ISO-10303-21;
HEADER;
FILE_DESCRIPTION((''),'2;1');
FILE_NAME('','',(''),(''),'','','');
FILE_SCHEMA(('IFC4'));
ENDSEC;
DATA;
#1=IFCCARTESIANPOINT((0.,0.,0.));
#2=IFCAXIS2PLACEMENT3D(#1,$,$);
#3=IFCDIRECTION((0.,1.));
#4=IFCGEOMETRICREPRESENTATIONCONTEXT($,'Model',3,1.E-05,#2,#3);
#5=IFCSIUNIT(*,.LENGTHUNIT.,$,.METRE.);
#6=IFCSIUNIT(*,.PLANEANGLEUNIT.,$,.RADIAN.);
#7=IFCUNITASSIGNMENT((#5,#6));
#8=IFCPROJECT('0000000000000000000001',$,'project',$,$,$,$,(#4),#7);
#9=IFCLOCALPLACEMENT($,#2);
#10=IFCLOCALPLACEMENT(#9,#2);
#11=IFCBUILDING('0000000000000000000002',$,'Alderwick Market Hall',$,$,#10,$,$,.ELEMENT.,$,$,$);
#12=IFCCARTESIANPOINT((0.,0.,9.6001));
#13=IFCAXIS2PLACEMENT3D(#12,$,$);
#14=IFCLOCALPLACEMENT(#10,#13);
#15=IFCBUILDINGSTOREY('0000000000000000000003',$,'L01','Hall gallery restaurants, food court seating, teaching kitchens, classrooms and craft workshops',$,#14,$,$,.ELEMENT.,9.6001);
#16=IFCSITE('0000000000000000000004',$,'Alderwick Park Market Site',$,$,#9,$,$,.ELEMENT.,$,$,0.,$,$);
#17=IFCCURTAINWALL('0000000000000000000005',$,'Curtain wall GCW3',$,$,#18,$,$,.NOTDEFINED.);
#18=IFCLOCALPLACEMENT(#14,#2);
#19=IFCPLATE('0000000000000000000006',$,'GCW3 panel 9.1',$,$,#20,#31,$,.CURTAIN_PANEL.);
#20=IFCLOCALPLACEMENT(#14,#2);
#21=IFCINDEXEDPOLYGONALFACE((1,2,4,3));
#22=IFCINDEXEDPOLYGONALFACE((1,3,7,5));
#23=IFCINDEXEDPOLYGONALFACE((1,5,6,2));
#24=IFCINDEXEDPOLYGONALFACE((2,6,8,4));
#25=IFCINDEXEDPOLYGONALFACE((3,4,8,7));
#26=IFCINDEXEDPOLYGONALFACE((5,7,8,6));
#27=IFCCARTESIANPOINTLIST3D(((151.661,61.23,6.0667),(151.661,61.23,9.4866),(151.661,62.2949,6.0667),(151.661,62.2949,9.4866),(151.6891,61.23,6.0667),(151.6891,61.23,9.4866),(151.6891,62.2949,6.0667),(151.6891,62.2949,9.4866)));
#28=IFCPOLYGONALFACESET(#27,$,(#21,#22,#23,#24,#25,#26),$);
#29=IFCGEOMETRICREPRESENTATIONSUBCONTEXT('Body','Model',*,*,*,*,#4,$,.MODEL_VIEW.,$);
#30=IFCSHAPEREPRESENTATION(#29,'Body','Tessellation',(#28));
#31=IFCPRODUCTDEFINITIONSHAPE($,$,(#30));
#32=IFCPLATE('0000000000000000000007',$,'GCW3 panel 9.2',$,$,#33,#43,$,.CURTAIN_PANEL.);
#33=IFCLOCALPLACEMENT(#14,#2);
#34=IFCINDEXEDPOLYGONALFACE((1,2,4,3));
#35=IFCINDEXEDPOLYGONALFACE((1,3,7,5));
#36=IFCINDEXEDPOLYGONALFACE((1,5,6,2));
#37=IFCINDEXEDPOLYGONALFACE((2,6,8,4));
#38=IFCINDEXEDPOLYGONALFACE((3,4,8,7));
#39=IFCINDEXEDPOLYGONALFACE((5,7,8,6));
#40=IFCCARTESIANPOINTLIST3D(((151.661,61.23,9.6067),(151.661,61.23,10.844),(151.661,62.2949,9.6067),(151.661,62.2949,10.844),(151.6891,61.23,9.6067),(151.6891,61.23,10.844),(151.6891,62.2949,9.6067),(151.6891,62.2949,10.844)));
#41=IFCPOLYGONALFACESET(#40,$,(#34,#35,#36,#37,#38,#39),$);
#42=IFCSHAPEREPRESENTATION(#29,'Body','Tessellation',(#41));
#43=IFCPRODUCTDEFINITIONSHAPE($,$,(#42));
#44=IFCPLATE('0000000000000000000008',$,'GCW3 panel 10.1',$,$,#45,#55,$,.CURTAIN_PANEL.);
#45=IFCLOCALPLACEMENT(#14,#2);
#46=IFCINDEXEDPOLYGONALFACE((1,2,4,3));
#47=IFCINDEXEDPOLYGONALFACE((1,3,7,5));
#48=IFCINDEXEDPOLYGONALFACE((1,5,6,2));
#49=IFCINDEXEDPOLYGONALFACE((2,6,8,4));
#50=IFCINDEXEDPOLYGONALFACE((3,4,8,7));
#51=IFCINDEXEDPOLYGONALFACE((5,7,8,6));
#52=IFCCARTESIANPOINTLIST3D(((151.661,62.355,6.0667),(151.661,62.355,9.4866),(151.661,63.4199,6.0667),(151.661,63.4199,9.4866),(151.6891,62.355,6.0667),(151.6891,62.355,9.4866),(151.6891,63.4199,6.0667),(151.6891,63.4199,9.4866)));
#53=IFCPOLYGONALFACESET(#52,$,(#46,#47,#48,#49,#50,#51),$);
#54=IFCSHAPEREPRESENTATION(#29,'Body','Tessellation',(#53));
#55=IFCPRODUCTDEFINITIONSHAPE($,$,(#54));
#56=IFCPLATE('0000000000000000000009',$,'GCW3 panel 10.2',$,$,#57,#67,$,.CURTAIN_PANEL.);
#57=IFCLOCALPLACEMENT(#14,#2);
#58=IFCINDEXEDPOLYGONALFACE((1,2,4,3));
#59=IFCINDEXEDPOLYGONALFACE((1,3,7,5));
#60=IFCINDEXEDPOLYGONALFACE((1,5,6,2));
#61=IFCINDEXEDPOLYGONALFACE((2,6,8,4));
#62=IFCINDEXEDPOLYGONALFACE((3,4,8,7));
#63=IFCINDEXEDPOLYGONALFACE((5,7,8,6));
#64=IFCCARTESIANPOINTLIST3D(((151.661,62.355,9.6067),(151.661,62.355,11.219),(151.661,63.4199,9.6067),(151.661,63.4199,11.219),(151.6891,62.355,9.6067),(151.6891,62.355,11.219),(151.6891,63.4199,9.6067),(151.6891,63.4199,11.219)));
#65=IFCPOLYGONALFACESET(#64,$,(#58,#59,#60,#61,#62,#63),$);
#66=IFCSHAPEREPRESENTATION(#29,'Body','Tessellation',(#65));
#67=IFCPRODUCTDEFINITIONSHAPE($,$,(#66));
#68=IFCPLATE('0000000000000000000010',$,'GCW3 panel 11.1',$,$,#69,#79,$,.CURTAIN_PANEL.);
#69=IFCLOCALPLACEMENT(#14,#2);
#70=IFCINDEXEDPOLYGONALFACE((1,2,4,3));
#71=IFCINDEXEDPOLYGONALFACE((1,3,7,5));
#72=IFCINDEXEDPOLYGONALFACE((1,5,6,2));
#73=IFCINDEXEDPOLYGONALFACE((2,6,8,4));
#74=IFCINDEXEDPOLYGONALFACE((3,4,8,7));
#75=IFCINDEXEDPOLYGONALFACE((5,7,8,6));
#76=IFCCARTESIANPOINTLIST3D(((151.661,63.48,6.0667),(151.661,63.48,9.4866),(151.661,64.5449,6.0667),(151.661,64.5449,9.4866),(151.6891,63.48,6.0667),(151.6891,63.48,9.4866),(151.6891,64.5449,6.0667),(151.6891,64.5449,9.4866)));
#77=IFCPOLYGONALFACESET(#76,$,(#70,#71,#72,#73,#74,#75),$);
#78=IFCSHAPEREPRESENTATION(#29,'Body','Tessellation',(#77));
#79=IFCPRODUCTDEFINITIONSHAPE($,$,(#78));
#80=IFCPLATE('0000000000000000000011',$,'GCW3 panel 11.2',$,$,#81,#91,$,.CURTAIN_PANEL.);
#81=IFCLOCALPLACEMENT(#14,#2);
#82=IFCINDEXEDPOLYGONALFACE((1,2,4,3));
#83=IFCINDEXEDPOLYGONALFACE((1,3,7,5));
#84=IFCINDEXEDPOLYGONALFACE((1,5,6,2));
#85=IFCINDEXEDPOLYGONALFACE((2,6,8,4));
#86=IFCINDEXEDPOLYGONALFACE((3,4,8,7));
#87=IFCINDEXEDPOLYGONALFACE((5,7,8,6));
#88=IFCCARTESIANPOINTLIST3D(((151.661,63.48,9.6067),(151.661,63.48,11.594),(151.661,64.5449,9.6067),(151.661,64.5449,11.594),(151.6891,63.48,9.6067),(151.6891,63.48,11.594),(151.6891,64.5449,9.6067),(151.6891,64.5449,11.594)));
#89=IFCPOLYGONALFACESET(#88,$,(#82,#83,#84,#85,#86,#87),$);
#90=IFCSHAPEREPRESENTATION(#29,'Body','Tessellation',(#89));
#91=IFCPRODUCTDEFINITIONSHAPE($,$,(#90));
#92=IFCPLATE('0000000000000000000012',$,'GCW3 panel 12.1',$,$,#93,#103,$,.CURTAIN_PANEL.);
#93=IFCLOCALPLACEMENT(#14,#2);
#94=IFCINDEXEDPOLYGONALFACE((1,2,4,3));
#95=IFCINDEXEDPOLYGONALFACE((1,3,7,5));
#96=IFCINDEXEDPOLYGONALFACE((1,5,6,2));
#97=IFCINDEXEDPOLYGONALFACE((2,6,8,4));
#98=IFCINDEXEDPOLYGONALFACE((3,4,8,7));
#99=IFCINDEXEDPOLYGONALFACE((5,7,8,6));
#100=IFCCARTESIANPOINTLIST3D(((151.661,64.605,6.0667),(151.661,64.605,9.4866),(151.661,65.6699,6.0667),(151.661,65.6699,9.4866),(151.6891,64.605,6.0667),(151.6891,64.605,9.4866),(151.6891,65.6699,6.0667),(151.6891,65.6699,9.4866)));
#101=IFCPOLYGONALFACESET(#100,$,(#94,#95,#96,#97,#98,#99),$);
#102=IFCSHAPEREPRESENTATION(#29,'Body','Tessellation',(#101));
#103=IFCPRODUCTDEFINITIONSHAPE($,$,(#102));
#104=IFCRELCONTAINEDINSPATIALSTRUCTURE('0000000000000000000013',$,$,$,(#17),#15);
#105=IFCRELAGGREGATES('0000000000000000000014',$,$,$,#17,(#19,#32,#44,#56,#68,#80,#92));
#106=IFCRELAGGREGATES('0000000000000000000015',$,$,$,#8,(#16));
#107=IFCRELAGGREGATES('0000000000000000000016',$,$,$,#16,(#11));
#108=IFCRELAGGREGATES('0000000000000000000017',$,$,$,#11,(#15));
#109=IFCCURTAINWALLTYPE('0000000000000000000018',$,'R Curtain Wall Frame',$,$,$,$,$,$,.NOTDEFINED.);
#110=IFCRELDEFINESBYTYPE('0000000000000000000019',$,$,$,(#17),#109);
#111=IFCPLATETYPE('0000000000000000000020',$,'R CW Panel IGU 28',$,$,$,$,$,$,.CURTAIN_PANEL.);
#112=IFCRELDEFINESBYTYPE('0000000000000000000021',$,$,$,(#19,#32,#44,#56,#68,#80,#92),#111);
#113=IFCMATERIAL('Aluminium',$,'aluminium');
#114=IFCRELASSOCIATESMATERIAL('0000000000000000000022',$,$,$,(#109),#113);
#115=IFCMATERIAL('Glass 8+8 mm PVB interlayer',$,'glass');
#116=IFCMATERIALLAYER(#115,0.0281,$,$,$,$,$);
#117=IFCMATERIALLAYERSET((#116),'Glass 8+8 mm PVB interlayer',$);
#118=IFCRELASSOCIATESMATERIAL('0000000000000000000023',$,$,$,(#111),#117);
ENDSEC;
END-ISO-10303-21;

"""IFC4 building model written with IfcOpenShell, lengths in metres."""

from ifc_helpers import new_model, si_unit, direction, frame, origin, origin_2d, place, context, subcontext, project, spatial, rectangle, extrude, material, layer, layer_set, type_object, element, aggregate, save


model = new_model("IFC4")

# Units and contexts
model_context = context("Model", 3, precision=1e-05, world=origin(), true_north=direction((0.0, 1.0)))
body_context = subcontext(model_context, "Body", "Model", "MODEL_VIEW")
ifc_project = project(units=[si_unit("LENGTHUNIT", "METRE"), si_unit("PLANEANGLEUNIT", "RADIAN")], contexts=[model_context])

# Site, building, storey
site_placement = place(None, origin())
site = spatial("IfcSite", under=ifc_project, at=site_placement, Name="Alderwick Park Market Site", CompositionType="ELEMENT", RefElevation=0.0)
building_placement = place(site_placement, origin())
building = spatial("IfcBuilding", under=site, at=building_placement, Name="Alderwick Market Hall", CompositionType="ELEMENT")
storey_placement = place(building_placement, frame((0.0, 0.0, 9.6001)))
storey = spatial("IfcBuildingStorey", under=building, at=storey_placement, Name="L01", Description="Hall gallery restaurants, food court seating, teaching kitchens, classrooms and craft workshops", CompositionType="ELEMENT", Elevation=9.6001)

# Curtain wall, plates
ifc_material_1 = material(Name="Aluminium", Category="aluminium")
curtain_wall_type = type_object("IfcCurtainWallType", Name="R Curtain Wall Frame", PredefinedType="NOTDEFINED", material=ifc_material_1)
curtain_wall_placement = place(storey_placement, origin())
curtain_wall = element("IfcCurtainWall", 1, at=curtain_wall_placement, inside=storey, type_object=curtain_wall_type, Name="Curtain wall GCW3", PredefinedType="NOTDEFINED")
ifc_material_2 = material(Name="Glass 8+8 mm PVB interlayer", Category="glass")
ifc_layer = layer(ifc_material_2, 0.0281)
ifc_layer_set = layer_set([ifc_layer], Name="Glass 8+8 mm PVB interlayer")
plate_type = type_object("IfcPlateType", Name="R CW Panel IGU 28", PredefinedType="CURTAIN_PANEL", material=ifc_layer_set)
plate_1_placement = place(storey_placement, frame((151.675, 61.7625, 6.0667), z_axis=(0.0, 0.0, 1.0), x_axis=(1.0, 0.0, 0.0)))
plate_1 = element("IfcPlate", 2, at=plate_1_placement, type_object=plate_type, Name="GCW3 panel 9.1", PredefinedType="CURTAIN_PANEL", context=body_context, shape_type="SweptSolid", body=[
    extrude(rectangle(XDim=0.0281, YDim=1.0649, at=origin_2d()), origin(), (0.0, 0.0, 1.0), 3.4199),
])
plate_2_placement = place(storey_placement, frame((151.675, 61.7625, 9.6067), z_axis=(0.0, 0.0, 1.0), x_axis=(1.0, 0.0, 0.0)))
plate_2 = element("IfcPlate", 3, at=plate_2_placement, type_object=plate_type, Name="GCW3 panel 9.2", PredefinedType="CURTAIN_PANEL", context=body_context, shape_type="SweptSolid", body=[
    extrude(rectangle(XDim=0.0281, YDim=1.0649, at=origin_2d()), origin(), (0.0, 0.0, 1.0), 1.2373),
])
plate_3_placement = place(storey_placement, frame((151.675, 62.8875, 6.0667), z_axis=(0.0, 0.0, 1.0), x_axis=(1.0, 0.0, 0.0)))
plate_3 = element("IfcPlate", 4, at=plate_3_placement, type_object=plate_type, Name="GCW3 panel 10.1", PredefinedType="CURTAIN_PANEL", context=body_context, shape_type="SweptSolid", body=[
    extrude(rectangle(XDim=0.0281, YDim=1.0649, at=origin_2d()), origin(), (0.0, 0.0, 1.0), 3.4199),
])
plate_4_placement = place(storey_placement, frame((151.675, 62.8875, 9.6067), z_axis=(0.0, 0.0, 1.0), x_axis=(1.0, 0.0, 0.0)))
plate_4 = element("IfcPlate", 5, at=plate_4_placement, type_object=plate_type, Name="GCW3 panel 10.2", PredefinedType="CURTAIN_PANEL", context=body_context, shape_type="SweptSolid", body=[
    extrude(rectangle(XDim=0.0281, YDim=1.0649, at=origin_2d()), origin(), (0.0, 0.0, 1.0), 1.6123),
])
plate_5_placement = place(storey_placement, frame((151.675, 64.0125, 6.0667), z_axis=(0.0, 0.0, 1.0), x_axis=(1.0, 0.0, 0.0)))
plate_5 = element("IfcPlate", 6, at=plate_5_placement, type_object=plate_type, Name="GCW3 panel 11.1", PredefinedType="CURTAIN_PANEL", context=body_context, shape_type="SweptSolid", body=[
    extrude(rectangle(XDim=0.0281, YDim=1.0649, at=origin_2d()), origin(), (0.0, 0.0, 1.0), 3.4199),
])
plate_6_placement = place(storey_placement, frame((151.675, 64.0125, 9.6067), z_axis=(0.0, 0.0, 1.0), x_axis=(1.0, 0.0, 0.0)))
plate_6 = element("IfcPlate", 7, at=plate_6_placement, type_object=plate_type, Name="GCW3 panel 11.2", PredefinedType="CURTAIN_PANEL", context=body_context, shape_type="SweptSolid", body=[
    extrude(rectangle(XDim=0.0281, YDim=1.0649, at=origin_2d()), origin(), (0.0, 0.0, 1.0), 1.9873),
])
plate_7_placement = place(storey_placement, frame((151.675, 65.1375, 6.0667), z_axis=(0.0, 0.0, 1.0), x_axis=(1.0, 0.0, 0.0)))
plate_7 = element("IfcPlate", 8, at=plate_7_placement, type_object=plate_type, Name="GCW3 panel 12.1", PredefinedType="CURTAIN_PANEL", context=body_context, shape_type="SweptSolid", body=[
    extrude(rectangle(XDim=0.0281, YDim=1.0649, at=origin_2d()), origin(), (0.0, 0.0, 1.0), 3.4199),
])
aggregate(curtain_wall, [plate_1, plate_2, plate_3, plate_4, plate_5, plate_6, plate_7])

save(model, "model.ifc")
